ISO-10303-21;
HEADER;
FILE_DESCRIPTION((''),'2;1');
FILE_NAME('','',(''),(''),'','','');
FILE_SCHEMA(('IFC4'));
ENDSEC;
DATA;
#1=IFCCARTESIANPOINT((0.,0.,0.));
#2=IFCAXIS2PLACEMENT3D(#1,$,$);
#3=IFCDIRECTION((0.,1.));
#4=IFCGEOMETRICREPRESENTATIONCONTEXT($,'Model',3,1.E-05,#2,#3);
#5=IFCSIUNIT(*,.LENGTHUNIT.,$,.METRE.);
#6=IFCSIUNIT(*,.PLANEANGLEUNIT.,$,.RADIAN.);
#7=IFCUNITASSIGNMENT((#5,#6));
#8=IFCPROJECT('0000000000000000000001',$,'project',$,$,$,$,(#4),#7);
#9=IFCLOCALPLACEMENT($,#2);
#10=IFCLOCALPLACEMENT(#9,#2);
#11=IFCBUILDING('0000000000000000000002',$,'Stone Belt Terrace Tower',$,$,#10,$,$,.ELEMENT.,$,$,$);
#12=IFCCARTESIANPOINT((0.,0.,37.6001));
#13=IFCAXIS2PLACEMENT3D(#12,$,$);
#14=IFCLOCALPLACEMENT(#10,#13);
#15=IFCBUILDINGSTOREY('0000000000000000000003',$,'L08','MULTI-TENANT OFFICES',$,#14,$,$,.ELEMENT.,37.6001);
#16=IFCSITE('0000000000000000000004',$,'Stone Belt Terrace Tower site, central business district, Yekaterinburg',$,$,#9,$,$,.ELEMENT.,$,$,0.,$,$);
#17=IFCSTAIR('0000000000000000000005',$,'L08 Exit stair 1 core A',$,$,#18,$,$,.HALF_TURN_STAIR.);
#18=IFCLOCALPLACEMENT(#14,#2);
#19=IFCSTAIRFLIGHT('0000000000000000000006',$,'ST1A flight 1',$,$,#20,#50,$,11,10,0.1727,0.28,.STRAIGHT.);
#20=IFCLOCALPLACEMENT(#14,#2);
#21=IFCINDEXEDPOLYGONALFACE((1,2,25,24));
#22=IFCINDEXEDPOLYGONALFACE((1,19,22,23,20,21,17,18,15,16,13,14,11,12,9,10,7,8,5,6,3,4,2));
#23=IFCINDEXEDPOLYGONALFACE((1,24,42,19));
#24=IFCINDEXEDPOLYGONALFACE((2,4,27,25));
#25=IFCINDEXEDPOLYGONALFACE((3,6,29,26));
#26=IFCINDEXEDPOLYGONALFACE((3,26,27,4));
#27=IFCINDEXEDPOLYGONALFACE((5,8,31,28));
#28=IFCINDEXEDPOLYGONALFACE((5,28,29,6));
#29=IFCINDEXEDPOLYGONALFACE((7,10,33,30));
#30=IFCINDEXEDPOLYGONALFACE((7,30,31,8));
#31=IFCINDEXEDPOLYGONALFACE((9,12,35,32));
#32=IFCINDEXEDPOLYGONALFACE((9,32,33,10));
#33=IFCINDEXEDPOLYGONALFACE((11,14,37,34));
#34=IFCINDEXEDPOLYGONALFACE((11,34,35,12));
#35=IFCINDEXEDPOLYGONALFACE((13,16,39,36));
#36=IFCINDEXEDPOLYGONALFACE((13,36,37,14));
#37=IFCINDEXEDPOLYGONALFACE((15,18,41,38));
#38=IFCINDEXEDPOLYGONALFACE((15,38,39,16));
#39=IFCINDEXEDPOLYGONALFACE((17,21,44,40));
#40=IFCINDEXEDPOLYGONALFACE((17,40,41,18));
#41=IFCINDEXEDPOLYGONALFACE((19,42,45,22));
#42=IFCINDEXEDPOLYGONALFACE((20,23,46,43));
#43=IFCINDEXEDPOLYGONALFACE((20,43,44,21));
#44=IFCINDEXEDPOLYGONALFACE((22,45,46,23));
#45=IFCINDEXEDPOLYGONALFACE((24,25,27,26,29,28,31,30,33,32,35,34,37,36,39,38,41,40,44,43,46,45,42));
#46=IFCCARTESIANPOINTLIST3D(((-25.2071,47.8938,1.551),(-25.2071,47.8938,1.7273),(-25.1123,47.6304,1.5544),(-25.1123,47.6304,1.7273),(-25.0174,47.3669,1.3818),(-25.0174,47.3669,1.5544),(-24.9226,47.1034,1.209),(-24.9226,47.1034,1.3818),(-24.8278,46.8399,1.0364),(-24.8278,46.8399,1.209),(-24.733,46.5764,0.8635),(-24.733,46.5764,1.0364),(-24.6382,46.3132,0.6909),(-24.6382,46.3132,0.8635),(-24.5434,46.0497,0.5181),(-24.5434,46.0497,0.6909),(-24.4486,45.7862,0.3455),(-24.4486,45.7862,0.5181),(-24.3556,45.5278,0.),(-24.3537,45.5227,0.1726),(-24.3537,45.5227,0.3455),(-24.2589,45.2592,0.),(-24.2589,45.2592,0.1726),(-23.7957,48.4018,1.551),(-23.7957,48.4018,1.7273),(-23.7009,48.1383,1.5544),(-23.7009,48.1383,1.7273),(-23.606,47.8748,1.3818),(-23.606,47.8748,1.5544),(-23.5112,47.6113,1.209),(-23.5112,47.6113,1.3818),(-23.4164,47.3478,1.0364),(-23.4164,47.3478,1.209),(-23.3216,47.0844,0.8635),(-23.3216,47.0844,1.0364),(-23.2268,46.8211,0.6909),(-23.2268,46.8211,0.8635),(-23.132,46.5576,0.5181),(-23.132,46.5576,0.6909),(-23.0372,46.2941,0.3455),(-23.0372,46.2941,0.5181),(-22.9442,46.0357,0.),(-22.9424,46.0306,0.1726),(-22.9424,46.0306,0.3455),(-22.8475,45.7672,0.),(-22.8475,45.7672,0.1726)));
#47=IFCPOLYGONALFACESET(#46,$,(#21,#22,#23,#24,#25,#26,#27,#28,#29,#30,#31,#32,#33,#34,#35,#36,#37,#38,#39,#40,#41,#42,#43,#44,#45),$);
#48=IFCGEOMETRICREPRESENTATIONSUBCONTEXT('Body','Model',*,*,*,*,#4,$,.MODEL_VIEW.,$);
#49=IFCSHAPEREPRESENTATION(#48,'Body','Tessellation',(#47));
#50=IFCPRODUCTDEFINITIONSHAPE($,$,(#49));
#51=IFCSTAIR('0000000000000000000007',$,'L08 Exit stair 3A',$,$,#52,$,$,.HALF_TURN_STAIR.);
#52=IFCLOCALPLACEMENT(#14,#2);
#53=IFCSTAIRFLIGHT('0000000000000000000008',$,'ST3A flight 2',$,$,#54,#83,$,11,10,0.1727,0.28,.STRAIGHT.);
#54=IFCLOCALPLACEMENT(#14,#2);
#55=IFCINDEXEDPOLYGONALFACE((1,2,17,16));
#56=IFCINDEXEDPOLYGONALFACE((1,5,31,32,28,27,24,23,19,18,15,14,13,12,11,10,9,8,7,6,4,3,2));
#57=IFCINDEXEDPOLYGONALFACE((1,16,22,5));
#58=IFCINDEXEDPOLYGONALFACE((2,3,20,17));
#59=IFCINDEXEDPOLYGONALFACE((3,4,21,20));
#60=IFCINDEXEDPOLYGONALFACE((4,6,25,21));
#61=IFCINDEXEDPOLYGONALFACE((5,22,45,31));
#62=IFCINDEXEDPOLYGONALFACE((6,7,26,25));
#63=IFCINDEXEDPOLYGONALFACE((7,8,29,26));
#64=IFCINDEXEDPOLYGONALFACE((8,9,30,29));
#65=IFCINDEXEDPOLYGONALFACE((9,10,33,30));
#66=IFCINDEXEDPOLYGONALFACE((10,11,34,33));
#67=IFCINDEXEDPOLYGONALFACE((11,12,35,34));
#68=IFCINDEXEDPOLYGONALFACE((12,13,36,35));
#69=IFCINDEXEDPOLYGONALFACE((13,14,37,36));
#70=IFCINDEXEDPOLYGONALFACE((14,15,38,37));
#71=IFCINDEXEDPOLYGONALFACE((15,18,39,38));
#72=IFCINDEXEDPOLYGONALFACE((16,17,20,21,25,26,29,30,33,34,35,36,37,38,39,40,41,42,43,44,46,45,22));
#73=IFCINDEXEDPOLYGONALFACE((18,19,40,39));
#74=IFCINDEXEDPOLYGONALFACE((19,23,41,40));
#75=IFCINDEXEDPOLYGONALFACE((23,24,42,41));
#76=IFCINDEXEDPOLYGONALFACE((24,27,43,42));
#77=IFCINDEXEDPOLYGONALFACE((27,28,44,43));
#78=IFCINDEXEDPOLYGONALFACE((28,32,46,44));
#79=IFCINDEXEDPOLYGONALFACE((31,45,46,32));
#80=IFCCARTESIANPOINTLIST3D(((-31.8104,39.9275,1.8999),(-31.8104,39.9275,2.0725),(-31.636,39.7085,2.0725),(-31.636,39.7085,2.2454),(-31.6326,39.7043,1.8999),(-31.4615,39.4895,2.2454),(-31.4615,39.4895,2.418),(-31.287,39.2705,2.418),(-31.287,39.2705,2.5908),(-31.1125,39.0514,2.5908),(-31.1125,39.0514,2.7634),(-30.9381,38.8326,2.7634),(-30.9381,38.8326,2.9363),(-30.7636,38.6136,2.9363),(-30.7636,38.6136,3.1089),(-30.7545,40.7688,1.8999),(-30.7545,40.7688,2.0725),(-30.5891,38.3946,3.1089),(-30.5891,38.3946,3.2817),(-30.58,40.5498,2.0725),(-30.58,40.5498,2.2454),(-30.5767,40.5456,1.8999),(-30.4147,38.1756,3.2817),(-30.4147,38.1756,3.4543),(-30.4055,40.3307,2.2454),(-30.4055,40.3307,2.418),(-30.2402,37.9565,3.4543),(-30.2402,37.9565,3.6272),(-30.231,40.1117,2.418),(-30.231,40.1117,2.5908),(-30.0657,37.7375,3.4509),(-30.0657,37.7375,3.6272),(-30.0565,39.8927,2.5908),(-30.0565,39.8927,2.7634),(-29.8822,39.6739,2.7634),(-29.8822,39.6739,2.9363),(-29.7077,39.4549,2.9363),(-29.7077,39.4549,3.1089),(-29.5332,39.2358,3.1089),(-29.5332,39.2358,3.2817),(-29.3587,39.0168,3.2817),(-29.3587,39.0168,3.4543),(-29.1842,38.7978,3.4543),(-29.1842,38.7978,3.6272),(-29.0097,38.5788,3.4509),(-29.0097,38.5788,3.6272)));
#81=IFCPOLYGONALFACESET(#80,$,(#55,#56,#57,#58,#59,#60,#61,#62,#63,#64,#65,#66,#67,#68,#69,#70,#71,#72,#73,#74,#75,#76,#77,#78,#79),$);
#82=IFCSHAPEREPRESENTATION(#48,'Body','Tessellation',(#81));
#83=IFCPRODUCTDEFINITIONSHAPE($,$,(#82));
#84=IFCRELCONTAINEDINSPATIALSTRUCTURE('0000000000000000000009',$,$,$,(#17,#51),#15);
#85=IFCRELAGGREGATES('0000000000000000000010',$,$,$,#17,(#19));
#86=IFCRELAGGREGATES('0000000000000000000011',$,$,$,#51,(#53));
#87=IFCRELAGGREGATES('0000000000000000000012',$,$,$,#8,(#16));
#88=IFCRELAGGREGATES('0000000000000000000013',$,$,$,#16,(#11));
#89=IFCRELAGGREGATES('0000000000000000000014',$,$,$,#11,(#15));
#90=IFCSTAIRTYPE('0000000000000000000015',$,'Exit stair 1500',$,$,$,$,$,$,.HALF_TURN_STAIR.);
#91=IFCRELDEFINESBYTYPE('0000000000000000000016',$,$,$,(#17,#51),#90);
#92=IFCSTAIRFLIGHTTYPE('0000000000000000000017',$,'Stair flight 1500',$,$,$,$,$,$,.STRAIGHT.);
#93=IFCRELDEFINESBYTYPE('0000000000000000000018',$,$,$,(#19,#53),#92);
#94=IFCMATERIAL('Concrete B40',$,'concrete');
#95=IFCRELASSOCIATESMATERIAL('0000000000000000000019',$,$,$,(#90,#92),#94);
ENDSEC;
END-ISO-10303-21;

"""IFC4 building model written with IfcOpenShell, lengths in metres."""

from ifc_helpers import new_model, si_unit, direction, frame, origin, place, context, subcontext, project, spatial, polyline, outline, extrude, material, type_object, element, aggregate, save


model = new_model("IFC4")

# Units and contexts
model_context = context("Model", 3, precision=1e-05, world=origin(), true_north=direction((0.0, 1.0)))
body_context = subcontext(model_context, "Body", "Model", "MODEL_VIEW")
ifc_project = project(units=[si_unit("LENGTHUNIT", "METRE"), si_unit("PLANEANGLEUNIT", "RADIAN")], contexts=[model_context])

# Site, building, storey
site_placement = place(None, origin())
site = spatial("IfcSite", under=ifc_project, at=site_placement, Name="Stone Belt Terrace Tower site, central business district, Yekaterinburg", CompositionType="ELEMENT", RefElevation=0.0)
building_placement = place(site_placement, origin())
building = spatial("IfcBuilding", under=site, at=building_placement, Name="Stone Belt Terrace Tower", CompositionType="ELEMENT")
storey_placement = place(building_placement, frame((0.0, 0.0, 37.6001)))
storey = spatial("IfcBuildingStorey", under=building, at=storey_placement, Name="L08", Description="MULTI-TENANT OFFICES", CompositionType="ELEMENT", Elevation=37.6001)

# Stairs, stair flights
ifc_material_1 = material(Name="Concrete B40", Category="concrete")
stair_type = type_object("IfcStairType", Name="Exit stair 1500", PredefinedType="HALF_TURN_STAIR", material=ifc_material_1)
stair_1_placement = place(storey_placement, origin())
stair_1 = element("IfcStair", 1, at=stair_1_placement, inside=storey, type_object=stair_type, Name="L08 Exit stair 1 core A", PredefinedType="HALF_TURN_STAIR")
stair_flight_type = type_object("IfcStairFlightType", Name="Stair flight 1500", PredefinedType="STRAIGHT", material=ifc_material_1)
stair_flight_1_placement = place(storey_placement, frame((-23.5532, 45.5132, 0.0), z_axis=(0.0, 0.0, 1.0), x_axis=(-0.338624, 0.940922, 0.0)))
stair_flight_1 = element("IfcStairFlight", 2, at=stair_flight_1_placement, type_object=stair_flight_type, Name="ST1A flight 1", NumberOfRisers=11, NumberOfTreads=10, PredefinedType="STRAIGHT", RiserHeight=0.1727, TreadLength=0.28, context=body_context, shape_type="SweptSolid", body=[
    extrude(outline(polyline([(0.0, 0.0), (0.0, 0.1726), (0.28, 0.1726), (0.28, 0.3455), (0.5601, 0.3455), (0.5601, 0.5181), (0.8401, 0.5181), (0.8401, 0.6909), (1.1201, 0.6909), (1.1201, 0.8635), (1.3999, 0.8635), (1.3999, 1.0364), (1.6799, 1.0364), (1.6799, 1.209), (1.96, 1.209), (1.96, 1.3818), (2.24, 1.3818), (2.24, 1.5544), (2.52, 1.5544), (2.52, 1.7273), (2.8, 1.7273), (2.8, 1.8999), (2.8, 1.551), (0.2854, 0.0), (0.0, 0.0)])), frame((0.0, 0.75, 0.0), z_axis=(0.0, -1.0, 0.0), x_axis=(1.0, 0.0, 0.0)), (0.0, 0.0, 1.0), 1.5),
])
aggregate(stair_1, [stair_flight_1])
stair_2_placement = place(storey_placement, origin())
stair_2 = element("IfcStair", 3, at=stair_2_placement, inside=storey, type_object=stair_type, Name="L08 Exit stair 3A", PredefinedType="HALF_TURN_STAIR")
stair_flight_2_placement = place(storey_placement, frame((-31.2825, 40.3481, 1.8999), z_axis=(0.0, 0.0, 1.0), x_axis=(0.623121, -0.782125, 0.0)))
stair_flight_2 = element("IfcStairFlight", 4, at=stair_flight_2_placement, type_object=stair_flight_type, Name="ST3A flight 2", NumberOfRisers=11, NumberOfTreads=10, PredefinedType="STRAIGHT", RiserHeight=0.1727, TreadLength=0.28, context=body_context, shape_type="SweptSolid", body=[
    extrude(outline(polyline([(0.0, 0.0), (0.0, 0.1726), (0.28, 0.1726), (0.28, 0.3455), (0.5601, 0.3455), (0.5601, 0.5181), (0.8401, 0.5181), (0.8401, 0.6909), (1.1201, 0.6909), (1.1201, 0.8635), (1.3999, 0.8635), (1.3999, 1.0364), (1.6799, 1.0364), (1.6799, 1.209), (1.96, 1.209), (1.96, 1.3818), (2.24, 1.3818), (2.24, 1.5544), (2.52, 1.5544), (2.52, 1.7273), (2.8, 1.7273), (2.8, 1.8999), (2.8, 1.551), (0.2854, 0.0), (0.0, 0.0)])), frame((0.0, 0.675, 0.0), z_axis=(0.0, -1.0, 0.0), x_axis=(1.0, 0.0, 0.0)), (0.0, 0.0, 1.0), 1.3501),
])
aggregate(stair_2, [stair_flight_2])

save(model, "model.ifc")
